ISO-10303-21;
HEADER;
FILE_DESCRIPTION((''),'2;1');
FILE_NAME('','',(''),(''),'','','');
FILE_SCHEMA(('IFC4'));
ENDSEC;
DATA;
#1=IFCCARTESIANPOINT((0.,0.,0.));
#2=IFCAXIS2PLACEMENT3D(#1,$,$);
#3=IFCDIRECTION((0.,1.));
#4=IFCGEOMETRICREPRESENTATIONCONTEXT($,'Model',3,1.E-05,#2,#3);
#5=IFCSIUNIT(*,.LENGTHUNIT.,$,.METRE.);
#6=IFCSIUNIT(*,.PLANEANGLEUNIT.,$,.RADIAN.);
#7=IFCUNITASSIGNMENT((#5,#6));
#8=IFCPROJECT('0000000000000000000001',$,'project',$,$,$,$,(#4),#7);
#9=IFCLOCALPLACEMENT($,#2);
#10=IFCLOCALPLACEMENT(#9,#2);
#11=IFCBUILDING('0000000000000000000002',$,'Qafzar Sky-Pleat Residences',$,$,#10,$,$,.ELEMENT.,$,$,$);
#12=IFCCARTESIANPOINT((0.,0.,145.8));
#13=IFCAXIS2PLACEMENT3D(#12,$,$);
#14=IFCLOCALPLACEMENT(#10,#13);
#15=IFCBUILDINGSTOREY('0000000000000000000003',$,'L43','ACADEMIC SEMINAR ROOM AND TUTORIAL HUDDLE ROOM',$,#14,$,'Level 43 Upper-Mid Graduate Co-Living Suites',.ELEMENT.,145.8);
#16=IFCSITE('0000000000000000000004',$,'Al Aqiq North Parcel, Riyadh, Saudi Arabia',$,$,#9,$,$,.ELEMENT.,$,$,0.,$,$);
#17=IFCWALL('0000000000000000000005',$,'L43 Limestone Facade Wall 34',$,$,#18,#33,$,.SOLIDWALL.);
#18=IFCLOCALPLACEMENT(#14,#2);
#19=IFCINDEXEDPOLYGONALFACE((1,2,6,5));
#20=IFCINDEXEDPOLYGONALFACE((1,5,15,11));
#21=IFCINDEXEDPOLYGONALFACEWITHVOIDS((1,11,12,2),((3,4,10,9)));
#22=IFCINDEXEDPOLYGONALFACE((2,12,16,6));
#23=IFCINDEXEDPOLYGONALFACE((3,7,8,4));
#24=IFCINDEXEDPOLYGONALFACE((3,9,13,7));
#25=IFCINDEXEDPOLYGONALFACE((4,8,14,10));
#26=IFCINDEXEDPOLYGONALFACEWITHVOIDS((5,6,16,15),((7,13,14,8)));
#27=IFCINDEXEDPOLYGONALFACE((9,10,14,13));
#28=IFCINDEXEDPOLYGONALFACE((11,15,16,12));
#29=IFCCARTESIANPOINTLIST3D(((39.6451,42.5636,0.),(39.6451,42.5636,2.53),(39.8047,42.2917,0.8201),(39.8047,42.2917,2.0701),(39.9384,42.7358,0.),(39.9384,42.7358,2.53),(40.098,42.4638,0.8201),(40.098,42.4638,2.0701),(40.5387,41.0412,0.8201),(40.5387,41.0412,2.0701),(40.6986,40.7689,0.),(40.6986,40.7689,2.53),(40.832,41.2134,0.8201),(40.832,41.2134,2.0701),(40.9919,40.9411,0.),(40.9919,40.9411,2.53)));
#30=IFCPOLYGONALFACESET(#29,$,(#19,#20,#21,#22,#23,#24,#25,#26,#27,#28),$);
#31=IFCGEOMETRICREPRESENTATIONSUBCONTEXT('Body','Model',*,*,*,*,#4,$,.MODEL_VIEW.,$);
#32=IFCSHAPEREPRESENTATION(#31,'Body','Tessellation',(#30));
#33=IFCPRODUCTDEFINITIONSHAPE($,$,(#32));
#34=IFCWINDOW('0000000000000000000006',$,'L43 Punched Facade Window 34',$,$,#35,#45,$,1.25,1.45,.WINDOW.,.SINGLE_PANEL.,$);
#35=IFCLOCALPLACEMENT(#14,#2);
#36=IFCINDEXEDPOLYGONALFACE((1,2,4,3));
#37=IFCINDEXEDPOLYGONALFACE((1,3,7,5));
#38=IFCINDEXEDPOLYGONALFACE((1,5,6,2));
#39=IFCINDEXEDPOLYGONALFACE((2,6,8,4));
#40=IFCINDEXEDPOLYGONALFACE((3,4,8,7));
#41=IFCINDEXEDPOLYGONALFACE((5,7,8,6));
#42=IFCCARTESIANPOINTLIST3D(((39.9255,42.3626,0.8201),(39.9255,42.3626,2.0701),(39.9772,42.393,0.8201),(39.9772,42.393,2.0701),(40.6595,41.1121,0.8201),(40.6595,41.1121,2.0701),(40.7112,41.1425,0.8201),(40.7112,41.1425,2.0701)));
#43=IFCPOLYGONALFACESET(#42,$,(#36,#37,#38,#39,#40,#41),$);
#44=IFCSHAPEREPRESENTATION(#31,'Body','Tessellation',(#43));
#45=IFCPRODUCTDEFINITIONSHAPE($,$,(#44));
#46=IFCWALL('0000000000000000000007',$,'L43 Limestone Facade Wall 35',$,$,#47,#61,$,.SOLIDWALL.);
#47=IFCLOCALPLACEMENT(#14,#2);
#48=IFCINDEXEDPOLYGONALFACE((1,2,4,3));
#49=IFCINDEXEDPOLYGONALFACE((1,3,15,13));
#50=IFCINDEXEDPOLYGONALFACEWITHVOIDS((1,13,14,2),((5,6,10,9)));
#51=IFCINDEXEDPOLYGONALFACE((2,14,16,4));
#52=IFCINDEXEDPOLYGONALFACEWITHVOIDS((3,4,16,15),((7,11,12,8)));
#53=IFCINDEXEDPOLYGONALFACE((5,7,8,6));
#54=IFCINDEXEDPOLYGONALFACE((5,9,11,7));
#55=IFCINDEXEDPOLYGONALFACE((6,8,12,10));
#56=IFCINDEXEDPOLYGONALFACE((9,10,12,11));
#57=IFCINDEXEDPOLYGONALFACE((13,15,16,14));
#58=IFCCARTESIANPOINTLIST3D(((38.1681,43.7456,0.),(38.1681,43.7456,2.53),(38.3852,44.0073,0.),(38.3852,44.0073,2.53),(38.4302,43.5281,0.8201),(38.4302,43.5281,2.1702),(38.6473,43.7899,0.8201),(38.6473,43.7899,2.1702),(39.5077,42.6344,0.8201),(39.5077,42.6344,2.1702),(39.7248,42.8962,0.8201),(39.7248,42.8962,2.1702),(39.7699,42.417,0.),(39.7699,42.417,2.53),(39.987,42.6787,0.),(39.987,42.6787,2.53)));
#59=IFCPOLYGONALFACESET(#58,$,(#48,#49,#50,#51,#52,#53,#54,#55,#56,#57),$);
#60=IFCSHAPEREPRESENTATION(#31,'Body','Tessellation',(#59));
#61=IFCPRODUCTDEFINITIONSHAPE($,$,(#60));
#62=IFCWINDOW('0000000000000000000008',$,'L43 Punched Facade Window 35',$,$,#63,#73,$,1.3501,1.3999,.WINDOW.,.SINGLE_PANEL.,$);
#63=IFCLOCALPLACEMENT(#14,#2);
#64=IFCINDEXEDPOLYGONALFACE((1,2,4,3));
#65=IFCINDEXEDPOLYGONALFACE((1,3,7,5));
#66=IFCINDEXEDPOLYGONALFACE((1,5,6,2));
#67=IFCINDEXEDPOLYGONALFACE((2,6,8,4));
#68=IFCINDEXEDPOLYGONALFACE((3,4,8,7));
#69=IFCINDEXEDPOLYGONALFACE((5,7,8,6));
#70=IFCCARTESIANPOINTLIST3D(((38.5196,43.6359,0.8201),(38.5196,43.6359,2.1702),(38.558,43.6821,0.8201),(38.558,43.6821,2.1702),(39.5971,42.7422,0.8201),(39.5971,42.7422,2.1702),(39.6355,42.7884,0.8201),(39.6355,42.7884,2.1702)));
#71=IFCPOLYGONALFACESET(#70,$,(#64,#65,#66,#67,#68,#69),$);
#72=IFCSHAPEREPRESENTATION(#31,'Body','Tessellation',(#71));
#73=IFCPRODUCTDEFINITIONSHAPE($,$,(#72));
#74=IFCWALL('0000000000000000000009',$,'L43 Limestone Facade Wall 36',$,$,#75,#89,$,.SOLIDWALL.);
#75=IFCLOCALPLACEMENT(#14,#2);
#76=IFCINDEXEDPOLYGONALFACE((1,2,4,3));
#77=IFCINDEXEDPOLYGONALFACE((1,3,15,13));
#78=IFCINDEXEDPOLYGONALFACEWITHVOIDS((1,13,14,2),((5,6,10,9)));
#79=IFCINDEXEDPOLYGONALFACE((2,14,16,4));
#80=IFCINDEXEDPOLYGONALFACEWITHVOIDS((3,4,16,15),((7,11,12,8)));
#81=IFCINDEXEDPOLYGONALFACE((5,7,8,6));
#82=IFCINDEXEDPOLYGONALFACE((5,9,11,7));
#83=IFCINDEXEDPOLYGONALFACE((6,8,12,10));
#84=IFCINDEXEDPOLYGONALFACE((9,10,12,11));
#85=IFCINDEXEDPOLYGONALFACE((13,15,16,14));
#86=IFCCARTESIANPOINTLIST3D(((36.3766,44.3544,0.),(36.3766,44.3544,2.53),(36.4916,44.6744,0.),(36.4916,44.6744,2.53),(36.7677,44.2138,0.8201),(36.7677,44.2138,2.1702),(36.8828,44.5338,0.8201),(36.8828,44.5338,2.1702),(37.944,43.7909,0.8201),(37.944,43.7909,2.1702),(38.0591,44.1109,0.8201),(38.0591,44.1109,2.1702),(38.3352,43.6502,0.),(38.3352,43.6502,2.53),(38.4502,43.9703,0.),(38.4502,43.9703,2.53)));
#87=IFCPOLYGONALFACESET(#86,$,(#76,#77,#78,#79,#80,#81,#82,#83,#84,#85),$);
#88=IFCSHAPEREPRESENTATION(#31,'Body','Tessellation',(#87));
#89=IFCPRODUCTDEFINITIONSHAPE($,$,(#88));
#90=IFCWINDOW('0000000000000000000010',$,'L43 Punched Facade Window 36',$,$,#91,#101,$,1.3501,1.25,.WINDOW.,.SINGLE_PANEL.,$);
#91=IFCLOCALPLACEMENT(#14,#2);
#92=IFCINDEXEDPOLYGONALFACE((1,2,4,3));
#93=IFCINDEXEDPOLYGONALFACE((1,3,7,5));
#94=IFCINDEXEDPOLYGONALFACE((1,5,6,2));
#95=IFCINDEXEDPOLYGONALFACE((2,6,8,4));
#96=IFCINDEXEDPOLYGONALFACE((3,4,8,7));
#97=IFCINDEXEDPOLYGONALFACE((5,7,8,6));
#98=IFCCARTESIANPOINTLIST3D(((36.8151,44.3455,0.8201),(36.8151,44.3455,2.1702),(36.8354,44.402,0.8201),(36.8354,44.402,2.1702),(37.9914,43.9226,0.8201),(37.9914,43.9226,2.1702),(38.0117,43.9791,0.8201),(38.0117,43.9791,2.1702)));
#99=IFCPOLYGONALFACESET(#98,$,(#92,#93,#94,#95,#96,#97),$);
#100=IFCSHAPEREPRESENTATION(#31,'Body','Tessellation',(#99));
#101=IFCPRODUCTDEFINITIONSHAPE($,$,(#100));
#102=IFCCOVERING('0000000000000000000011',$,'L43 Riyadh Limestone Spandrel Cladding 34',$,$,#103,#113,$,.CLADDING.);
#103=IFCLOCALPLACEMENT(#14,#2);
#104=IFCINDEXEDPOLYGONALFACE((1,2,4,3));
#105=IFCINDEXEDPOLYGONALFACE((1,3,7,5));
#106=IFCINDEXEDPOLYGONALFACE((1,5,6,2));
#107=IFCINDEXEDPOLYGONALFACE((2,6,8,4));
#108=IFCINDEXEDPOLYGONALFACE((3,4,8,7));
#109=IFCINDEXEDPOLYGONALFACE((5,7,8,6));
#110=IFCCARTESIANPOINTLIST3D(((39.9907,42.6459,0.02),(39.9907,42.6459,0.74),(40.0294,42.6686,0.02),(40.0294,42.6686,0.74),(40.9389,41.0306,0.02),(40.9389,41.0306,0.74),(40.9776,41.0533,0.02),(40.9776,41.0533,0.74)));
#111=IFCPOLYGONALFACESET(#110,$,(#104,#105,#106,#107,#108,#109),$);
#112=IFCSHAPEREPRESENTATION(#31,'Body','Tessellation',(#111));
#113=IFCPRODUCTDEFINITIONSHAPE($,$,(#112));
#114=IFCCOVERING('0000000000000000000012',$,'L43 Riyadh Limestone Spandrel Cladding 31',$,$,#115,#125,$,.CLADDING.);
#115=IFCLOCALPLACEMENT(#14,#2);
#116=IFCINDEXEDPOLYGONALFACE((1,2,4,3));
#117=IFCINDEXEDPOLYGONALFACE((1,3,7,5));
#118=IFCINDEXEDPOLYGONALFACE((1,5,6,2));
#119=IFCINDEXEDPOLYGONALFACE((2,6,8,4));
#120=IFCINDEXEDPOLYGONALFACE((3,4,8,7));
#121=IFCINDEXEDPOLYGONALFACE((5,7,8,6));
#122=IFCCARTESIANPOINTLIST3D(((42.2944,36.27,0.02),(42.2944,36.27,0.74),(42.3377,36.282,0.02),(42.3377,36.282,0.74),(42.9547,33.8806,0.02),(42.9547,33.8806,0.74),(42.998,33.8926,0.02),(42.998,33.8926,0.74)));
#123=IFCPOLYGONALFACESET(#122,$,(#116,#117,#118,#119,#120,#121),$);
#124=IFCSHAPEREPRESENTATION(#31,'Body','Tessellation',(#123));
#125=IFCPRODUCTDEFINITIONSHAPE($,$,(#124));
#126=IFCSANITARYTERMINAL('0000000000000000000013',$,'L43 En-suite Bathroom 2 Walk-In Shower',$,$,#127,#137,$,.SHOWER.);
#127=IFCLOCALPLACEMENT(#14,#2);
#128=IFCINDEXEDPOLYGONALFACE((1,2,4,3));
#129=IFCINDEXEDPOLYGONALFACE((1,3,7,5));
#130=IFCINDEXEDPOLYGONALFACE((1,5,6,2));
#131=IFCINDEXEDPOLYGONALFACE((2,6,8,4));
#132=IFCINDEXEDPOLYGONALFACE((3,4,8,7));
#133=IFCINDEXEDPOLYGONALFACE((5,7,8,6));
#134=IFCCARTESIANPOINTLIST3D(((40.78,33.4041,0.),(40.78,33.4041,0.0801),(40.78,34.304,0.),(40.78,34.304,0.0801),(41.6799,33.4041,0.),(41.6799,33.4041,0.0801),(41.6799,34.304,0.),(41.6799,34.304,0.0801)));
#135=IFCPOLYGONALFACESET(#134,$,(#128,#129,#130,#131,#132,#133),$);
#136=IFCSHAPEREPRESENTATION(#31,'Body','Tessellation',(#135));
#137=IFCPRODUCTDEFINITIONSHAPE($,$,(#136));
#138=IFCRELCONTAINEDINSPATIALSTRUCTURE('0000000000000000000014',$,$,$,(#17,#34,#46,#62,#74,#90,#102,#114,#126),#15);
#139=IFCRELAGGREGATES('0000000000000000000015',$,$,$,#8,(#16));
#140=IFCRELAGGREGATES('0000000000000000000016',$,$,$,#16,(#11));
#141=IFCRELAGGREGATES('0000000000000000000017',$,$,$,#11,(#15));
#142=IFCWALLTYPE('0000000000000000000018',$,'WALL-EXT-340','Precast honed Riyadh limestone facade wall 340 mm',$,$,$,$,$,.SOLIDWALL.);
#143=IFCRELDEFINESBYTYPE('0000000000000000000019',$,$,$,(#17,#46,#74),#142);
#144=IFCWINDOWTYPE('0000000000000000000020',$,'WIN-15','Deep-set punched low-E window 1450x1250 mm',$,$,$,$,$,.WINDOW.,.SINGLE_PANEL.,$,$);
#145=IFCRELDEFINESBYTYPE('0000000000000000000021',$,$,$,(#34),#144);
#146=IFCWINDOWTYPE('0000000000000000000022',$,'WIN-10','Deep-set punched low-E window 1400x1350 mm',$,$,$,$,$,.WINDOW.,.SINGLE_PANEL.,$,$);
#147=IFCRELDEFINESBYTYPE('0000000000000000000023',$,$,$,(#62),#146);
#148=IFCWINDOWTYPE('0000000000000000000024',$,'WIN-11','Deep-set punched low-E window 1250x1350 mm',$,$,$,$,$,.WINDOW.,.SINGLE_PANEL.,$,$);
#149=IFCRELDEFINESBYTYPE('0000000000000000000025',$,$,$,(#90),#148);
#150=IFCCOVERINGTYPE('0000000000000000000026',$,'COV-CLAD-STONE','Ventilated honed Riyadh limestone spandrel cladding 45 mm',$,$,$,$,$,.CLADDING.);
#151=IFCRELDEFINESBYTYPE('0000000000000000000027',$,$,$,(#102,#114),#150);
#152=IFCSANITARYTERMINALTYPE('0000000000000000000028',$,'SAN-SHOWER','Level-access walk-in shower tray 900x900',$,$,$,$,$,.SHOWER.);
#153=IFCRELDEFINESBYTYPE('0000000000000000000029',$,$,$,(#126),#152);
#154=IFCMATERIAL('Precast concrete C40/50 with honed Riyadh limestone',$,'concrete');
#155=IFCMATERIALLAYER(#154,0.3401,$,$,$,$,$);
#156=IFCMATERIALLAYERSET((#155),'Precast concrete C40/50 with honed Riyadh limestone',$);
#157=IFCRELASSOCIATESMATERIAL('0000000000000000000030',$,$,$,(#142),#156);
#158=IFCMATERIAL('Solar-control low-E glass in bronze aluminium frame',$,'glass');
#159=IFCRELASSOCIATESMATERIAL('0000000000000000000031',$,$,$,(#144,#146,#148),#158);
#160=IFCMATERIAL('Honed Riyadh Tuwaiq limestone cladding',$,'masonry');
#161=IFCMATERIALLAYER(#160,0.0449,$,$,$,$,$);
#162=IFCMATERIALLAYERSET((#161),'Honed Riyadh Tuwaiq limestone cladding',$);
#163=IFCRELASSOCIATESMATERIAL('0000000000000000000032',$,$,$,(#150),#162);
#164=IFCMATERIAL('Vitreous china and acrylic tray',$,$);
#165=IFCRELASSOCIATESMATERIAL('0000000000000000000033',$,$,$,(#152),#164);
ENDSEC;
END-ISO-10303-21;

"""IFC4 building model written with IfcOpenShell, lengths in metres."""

from ifc_helpers import new_model, si_unit, direction, frame, frame_2d, origin, origin_2d, place, context, subcontext, project, spatial, rectangle, extrude, source, transform, mapped, material, layer, layer_set, type_object, element, fill, save


model = new_model("IFC4")

# Units and contexts
model_context = context("Model", 3, precision=1e-05, world=origin(), true_north=direction((0.0, 1.0)))
body_context = subcontext(model_context, "Body", "Model", "MODEL_VIEW")
ifc_project = project(units=[si_unit("LENGTHUNIT", "METRE"), si_unit("PLANEANGLEUNIT", "RADIAN")], contexts=[model_context])

# Site, building, storey
site_placement = place(None, origin())
site = spatial("IfcSite", under=ifc_project, at=site_placement, Name="Al Aqiq North Parcel, Riyadh, Saudi Arabia", CompositionType="ELEMENT", RefElevation=0.0)
building_placement = place(site_placement, origin())
building = spatial("IfcBuilding", under=site, at=building_placement, Name="Qafzar Sky-Pleat Residences", CompositionType="ELEMENT")
storey_placement = place(building_placement, frame((0.0, 0.0, 145.8)))
storey = spatial("IfcBuildingStorey", under=building, at=storey_placement, Name="L43", Description="ACADEMIC SEMINAR ROOM AND TUTORIAL HUDDLE ROOM", LongName="Level 43 Upper-Mid Graduate Co-Living Suites", CompositionType="ELEMENT", Elevation=145.8)

# Walls, openings, windows
ifc_material_1 = material(Name="Precast concrete C40/50 with honed Riyadh limestone", Category="concrete")
ifc_layer_1 = layer(ifc_material_1, 0.3401)
ifc_layer_set_1 = layer_set([ifc_layer_1], Name="Precast concrete C40/50 with honed Riyadh limestone")
wall_type_1 = type_object("IfcWallType", Name="WALL-EXT-340", Description="Precast honed Riyadh limestone facade wall 340 mm", PredefinedType="SOLIDWALL", material=ifc_layer_set_1)
ifc_material_2 = material(Name="Solar-control low-E glass in bronze aluminium frame", Category="glass")
window_type_1 = type_object("IfcWindowType", Name="WIN-15", Description="Deep-set punched low-E window 1450x1250 mm", PartitioningType="SINGLE_PANEL", PredefinedType="WINDOW", material=ifc_material_2)
shared_shape_1 = source(origin(), body_context, "Body", "SweptSolid", [
    extrude(rectangle(XDim=1.45, YDim=1.25, at=frame_2d((0.7251, 0.625))), frame((0.0, 0.03, 0.0), z_axis=(0.0, -1.0, 0.0), x_axis=(1.0, 0.0, 0.0)), (0.0, 0.0, 1.0), 0.0601),
])
wall_1_placement = place(storey_placement, frame((40.8452, 40.855, 0.0), z_axis=(0.0, 0.0, 1.0), x_axis=(-0.506225, 0.862401, 0.0)))
wall_1 = element("IfcWall", 1, at=wall_1_placement, inside=storey, type_object=wall_type_1, Name="L43 Limestone Facade Wall 34", PredefinedType="SOLIDWALL", context=body_context, shape_type="SweptSolid", body=[
    extrude(rectangle(XDim=2.0811, YDim=0.3401, at=frame_2d((1.0405, 0.0))), origin(), (0.0, 0.0, 1.0), 2.53),
])
opening_1_placement = place(wall_1_placement, frame((0.3157, 0.0, 0.8201)))
opening_1 = element("IfcOpeningElement", 2, at=opening_1_placement, cuts=wall_1, PredefinedType="OPENING", context=body_context, shape_type="SweptSolid", body=[
    extrude(rectangle(XDim=1.45, YDim=1.25, at=frame_2d((0.7251, 0.625))), frame((0.0, 0.1802, 0.0), z_axis=(0.0, -1.0, 0.0), x_axis=(1.0, 0.0, 0.0)), (0.0, 0.0, 1.0), 0.3601),
])
window_1_placement = place(opening_1_placement, origin())
window_1 = element("IfcWindow", 3, at=window_1_placement, inside=storey, type_object=window_type_1, Name="L43 Punched Facade Window 34", OverallHeight=1.25, OverallWidth=1.45, PartitioningType="SINGLE_PANEL", PredefinedType="WINDOW", context=body_context, shape_type="MappedRepresentation", body=[
    mapped(shared_shape_1, transform((0.0, 0.0, 0.0), x_axis=(1.0, 0.0, 0.0), y_axis=(0.0, 1.0, 0.0), z_axis=(0.0, 0.0, 1.0), scale=1.0)),
])
fill(opening_1, window_1)
wall_2_placement = place(storey_placement, frame((39.8784, 42.5479, 0.0), z_axis=(0.0, 0.0, 1.0), x_axis=(-0.76969, 0.638417, 0.0)))
wall_2 = element("IfcWall", 4, at=wall_2_placement, inside=storey, type_object=wall_type_1, Name="L43 Limestone Facade Wall 35", PredefinedType="SOLIDWALL", context=body_context, shape_type="SweptSolid", body=[
    extrude(rectangle(XDim=2.0811, YDim=0.3401, at=frame_2d((1.0405, 0.0))), origin(), (0.0, 0.0, 1.0), 2.53),
])
opening_2_placement = place(wall_2_placement, frame((0.3406, 0.0, 0.8201)))
opening_2 = element("IfcOpeningElement", 5, at=opening_2_placement, cuts=wall_2, PredefinedType="OPENING", context=body_context, shape_type="SweptSolid", body=[
    extrude(rectangle(XDim=1.3999, YDim=1.3501, at=frame_2d((0.7, 0.675))), frame((0.0, 0.1802, 0.0), z_axis=(0.0, -1.0, 0.0), x_axis=(1.0, 0.0, 0.0)), (0.0, 0.0, 1.0), 0.3601),
])
window_type_2 = type_object("IfcWindowType", Name="WIN-10", Description="Deep-set punched low-E window 1400x1350 mm", PartitioningType="SINGLE_PANEL", PredefinedType="WINDOW", material=ifc_material_2)
shared_shape_2 = source(origin(), body_context, "Body", "SweptSolid", [
    extrude(rectangle(XDim=1.3999, YDim=1.3501, at=frame_2d((0.7, 0.675))), frame((0.0, 0.03, 0.0), z_axis=(0.0, -1.0, 0.0), x_axis=(1.0, 0.0, 0.0)), (0.0, 0.0, 1.0), 0.0601),
])
window_2_placement = place(opening_2_placement, origin())
window_2 = element("IfcWindow", 6, at=window_2_placement, inside=storey, type_object=window_type_2, Name="L43 Punched Facade Window 35", OverallHeight=1.3501, OverallWidth=1.3999, PartitioningType="SINGLE_PANEL", PredefinedType="WINDOW", context=body_context, shape_type="MappedRepresentation", body=[
    mapped(shared_shape_2, transform((0.0, 0.0, 0.0), x_axis=(1.0, 0.0, 0.0), y_axis=(0.0, 1.0, 0.0), z_axis=(0.0, 0.0, 1.0), scale=1.0)),
])
fill(opening_2, window_2)
wall_3_placement = place(storey_placement, frame((38.3926, 43.8103, 0.0), z_axis=(0.0, 0.0, 1.0), x_axis=(-0.941034, 0.338312, 0.0)))
wall_3 = element("IfcWall", 7, at=wall_3_placement, inside=storey, type_object=wall_type_1, Name="L43 Limestone Facade Wall 36", PredefinedType="SOLIDWALL", context=body_context, shape_type="SweptSolid", body=[
    extrude(rectangle(XDim=2.0813, YDim=0.3401, at=frame_2d((1.0405, 0.0))), origin(), (0.0, 0.0, 1.0), 2.53),
])
opening_3_placement = place(wall_3_placement, frame((0.4155, 0.0, 0.8201)))
opening_3 = element("IfcOpeningElement", 8, at=opening_3_placement, cuts=wall_3, PredefinedType="OPENING", context=body_context, shape_type="SweptSolid", body=[
    extrude(rectangle(XDim=1.25, YDim=1.3501, at=frame_2d((0.625, 0.675))), frame((0.0, 0.1802, 0.0), z_axis=(0.0, -1.0, 0.0), x_axis=(1.0, 0.0, 0.0)), (0.0, 0.0, 1.0), 0.3601),
])
window_type_3 = type_object("IfcWindowType", Name="WIN-11", Description="Deep-set punched low-E window 1250x1350 mm", PartitioningType="SINGLE_PANEL", PredefinedType="WINDOW", material=ifc_material_2)
shared_shape_3 = source(origin(), body_context, "Body", "SweptSolid", [
    extrude(rectangle(XDim=1.25, YDim=1.3501, at=frame_2d((0.625, 0.675))), frame((0.0, 0.03, 0.0), z_axis=(0.0, -1.0, 0.0), x_axis=(1.0, 0.0, 0.0)), (0.0, 0.0, 1.0), 0.0601),
])
window_3_placement = place(opening_3_placement, origin())
window_3 = element("IfcWindow", 9, at=window_3_placement, inside=storey, type_object=window_type_3, Name="L43 Punched Facade Window 36", OverallHeight=1.3501, OverallWidth=1.25, PartitioningType="SINGLE_PANEL", PredefinedType="WINDOW", context=body_context, shape_type="MappedRepresentation", body=[
    mapped(shared_shape_3, transform((0.0, 0.0, 0.0), x_axis=(1.0, 0.0, 0.0), y_axis=(0.0, 1.0, 0.0), z_axis=(0.0, 0.0, 1.0), scale=1.0)),
])
fill(opening_3, window_3)

# Coverings
ifc_material_3 = material(Name="Honed Riyadh Tuwaiq limestone cladding", Category="masonry")
ifc_layer_2 = layer(ifc_material_3, 0.0449)
ifc_layer_set_2 = layer_set([ifc_layer_2], Name="Honed Riyadh Tuwaiq limestone cladding")
covering_type = type_object("IfcCoveringType", Name="COV-CLAD-STONE", Description="Ventilated honed Riyadh limestone spandrel cladding 45 mm", PredefinedType="CLADDING", material=ifc_layer_set_2)
shared_shape_4 = source(origin(), body_context, "Body", "SweptSolid", [
    extrude(rectangle(XDim=1.873, YDim=0.0449, at=origin_2d()), origin(), (0.0, 0.0, 1.0), 0.72),
])
covering_1_placement = place(storey_placement, frame((40.4841, 41.8496, 0.02), z_axis=(0.0, 0.0, 1.0), x_axis=(-0.506232, 0.862397, 0.0)))
element("IfcCovering", 10, at=covering_1_placement, inside=storey, type_object=covering_type, Name="L43 Riyadh Limestone Spandrel Cladding 34", PredefinedType="CLADDING", context=body_context, shape_type="MappedRepresentation", body=[
    mapped(shared_shape_4, transform((0.0, 0.0, 0.0), x_axis=(1.0, 0.0, 0.0), y_axis=(0.0, 1.0, 0.0), z_axis=(0.0, 0.0, 1.0), scale=1.0)),
])
shared_shape_5 = source(origin(), body_context, "Body", "SweptSolid", [
    extrude(rectangle(XDim=2.479, YDim=0.0449, at=origin_2d()), origin(), (0.0, 0.0, 1.0), 0.72),
])
covering_2_placement = place(storey_placement, frame((42.6462, 35.0813, 0.02), z_axis=(0.0, 0.0, 1.0), x_axis=(-0.266363, 0.963873, 0.0)))
element("IfcCovering", 11, at=covering_2_placement, inside=storey, type_object=covering_type, Name="L43 Riyadh Limestone Spandrel Cladding 31", PredefinedType="CLADDING", context=body_context, shape_type="MappedRepresentation", body=[
    mapped(shared_shape_5, transform((0.0, 0.0, 0.0), x_axis=(1.0, 0.0, 0.0), y_axis=(0.0, 1.0, 0.0), z_axis=(0.0, 0.0, 1.0), scale=1.0)),
])

# Sanitary terminal
ifc_material_4 = material(Name="Vitreous china and acrylic tray")
sanitary_terminal_type = type_object("IfcSanitaryTerminalType", Name="SAN-SHOWER", Description="Level-access walk-in shower tray 900x900", PredefinedType="SHOWER", material=ifc_material_4)
shared_shape_6 = source(origin(), body_context, "Body", "SweptSolid", [
    extrude(rectangle(XDim=0.8999, YDim=0.8999, at=origin_2d()), origin(), (0.0, 0.0, 1.0), 0.0801),
])
sanitary_terminal_placement = place(storey_placement, frame((41.23, 33.854, 0.0), z_axis=(0.0, 0.0, 1.0), x_axis=(1.0, 0.0, 0.0)))
element("IfcSanitaryTerminal", 12, at=sanitary_terminal_placement, inside=storey, type_object=sanitary_terminal_type, Name="L43 En-suite Bathroom 2 Walk-In Shower", PredefinedType="SHOWER", context=body_context, shape_type="MappedRepresentation", body=[
    mapped(shared_shape_6, transform((0.0, 0.0, 0.0), x_axis=(1.0, 0.0, 0.0), y_axis=(0.0, 1.0, 0.0), z_axis=(0.0, 0.0, 1.0), scale=1.0)),
])

save(model, "model.ifc")
